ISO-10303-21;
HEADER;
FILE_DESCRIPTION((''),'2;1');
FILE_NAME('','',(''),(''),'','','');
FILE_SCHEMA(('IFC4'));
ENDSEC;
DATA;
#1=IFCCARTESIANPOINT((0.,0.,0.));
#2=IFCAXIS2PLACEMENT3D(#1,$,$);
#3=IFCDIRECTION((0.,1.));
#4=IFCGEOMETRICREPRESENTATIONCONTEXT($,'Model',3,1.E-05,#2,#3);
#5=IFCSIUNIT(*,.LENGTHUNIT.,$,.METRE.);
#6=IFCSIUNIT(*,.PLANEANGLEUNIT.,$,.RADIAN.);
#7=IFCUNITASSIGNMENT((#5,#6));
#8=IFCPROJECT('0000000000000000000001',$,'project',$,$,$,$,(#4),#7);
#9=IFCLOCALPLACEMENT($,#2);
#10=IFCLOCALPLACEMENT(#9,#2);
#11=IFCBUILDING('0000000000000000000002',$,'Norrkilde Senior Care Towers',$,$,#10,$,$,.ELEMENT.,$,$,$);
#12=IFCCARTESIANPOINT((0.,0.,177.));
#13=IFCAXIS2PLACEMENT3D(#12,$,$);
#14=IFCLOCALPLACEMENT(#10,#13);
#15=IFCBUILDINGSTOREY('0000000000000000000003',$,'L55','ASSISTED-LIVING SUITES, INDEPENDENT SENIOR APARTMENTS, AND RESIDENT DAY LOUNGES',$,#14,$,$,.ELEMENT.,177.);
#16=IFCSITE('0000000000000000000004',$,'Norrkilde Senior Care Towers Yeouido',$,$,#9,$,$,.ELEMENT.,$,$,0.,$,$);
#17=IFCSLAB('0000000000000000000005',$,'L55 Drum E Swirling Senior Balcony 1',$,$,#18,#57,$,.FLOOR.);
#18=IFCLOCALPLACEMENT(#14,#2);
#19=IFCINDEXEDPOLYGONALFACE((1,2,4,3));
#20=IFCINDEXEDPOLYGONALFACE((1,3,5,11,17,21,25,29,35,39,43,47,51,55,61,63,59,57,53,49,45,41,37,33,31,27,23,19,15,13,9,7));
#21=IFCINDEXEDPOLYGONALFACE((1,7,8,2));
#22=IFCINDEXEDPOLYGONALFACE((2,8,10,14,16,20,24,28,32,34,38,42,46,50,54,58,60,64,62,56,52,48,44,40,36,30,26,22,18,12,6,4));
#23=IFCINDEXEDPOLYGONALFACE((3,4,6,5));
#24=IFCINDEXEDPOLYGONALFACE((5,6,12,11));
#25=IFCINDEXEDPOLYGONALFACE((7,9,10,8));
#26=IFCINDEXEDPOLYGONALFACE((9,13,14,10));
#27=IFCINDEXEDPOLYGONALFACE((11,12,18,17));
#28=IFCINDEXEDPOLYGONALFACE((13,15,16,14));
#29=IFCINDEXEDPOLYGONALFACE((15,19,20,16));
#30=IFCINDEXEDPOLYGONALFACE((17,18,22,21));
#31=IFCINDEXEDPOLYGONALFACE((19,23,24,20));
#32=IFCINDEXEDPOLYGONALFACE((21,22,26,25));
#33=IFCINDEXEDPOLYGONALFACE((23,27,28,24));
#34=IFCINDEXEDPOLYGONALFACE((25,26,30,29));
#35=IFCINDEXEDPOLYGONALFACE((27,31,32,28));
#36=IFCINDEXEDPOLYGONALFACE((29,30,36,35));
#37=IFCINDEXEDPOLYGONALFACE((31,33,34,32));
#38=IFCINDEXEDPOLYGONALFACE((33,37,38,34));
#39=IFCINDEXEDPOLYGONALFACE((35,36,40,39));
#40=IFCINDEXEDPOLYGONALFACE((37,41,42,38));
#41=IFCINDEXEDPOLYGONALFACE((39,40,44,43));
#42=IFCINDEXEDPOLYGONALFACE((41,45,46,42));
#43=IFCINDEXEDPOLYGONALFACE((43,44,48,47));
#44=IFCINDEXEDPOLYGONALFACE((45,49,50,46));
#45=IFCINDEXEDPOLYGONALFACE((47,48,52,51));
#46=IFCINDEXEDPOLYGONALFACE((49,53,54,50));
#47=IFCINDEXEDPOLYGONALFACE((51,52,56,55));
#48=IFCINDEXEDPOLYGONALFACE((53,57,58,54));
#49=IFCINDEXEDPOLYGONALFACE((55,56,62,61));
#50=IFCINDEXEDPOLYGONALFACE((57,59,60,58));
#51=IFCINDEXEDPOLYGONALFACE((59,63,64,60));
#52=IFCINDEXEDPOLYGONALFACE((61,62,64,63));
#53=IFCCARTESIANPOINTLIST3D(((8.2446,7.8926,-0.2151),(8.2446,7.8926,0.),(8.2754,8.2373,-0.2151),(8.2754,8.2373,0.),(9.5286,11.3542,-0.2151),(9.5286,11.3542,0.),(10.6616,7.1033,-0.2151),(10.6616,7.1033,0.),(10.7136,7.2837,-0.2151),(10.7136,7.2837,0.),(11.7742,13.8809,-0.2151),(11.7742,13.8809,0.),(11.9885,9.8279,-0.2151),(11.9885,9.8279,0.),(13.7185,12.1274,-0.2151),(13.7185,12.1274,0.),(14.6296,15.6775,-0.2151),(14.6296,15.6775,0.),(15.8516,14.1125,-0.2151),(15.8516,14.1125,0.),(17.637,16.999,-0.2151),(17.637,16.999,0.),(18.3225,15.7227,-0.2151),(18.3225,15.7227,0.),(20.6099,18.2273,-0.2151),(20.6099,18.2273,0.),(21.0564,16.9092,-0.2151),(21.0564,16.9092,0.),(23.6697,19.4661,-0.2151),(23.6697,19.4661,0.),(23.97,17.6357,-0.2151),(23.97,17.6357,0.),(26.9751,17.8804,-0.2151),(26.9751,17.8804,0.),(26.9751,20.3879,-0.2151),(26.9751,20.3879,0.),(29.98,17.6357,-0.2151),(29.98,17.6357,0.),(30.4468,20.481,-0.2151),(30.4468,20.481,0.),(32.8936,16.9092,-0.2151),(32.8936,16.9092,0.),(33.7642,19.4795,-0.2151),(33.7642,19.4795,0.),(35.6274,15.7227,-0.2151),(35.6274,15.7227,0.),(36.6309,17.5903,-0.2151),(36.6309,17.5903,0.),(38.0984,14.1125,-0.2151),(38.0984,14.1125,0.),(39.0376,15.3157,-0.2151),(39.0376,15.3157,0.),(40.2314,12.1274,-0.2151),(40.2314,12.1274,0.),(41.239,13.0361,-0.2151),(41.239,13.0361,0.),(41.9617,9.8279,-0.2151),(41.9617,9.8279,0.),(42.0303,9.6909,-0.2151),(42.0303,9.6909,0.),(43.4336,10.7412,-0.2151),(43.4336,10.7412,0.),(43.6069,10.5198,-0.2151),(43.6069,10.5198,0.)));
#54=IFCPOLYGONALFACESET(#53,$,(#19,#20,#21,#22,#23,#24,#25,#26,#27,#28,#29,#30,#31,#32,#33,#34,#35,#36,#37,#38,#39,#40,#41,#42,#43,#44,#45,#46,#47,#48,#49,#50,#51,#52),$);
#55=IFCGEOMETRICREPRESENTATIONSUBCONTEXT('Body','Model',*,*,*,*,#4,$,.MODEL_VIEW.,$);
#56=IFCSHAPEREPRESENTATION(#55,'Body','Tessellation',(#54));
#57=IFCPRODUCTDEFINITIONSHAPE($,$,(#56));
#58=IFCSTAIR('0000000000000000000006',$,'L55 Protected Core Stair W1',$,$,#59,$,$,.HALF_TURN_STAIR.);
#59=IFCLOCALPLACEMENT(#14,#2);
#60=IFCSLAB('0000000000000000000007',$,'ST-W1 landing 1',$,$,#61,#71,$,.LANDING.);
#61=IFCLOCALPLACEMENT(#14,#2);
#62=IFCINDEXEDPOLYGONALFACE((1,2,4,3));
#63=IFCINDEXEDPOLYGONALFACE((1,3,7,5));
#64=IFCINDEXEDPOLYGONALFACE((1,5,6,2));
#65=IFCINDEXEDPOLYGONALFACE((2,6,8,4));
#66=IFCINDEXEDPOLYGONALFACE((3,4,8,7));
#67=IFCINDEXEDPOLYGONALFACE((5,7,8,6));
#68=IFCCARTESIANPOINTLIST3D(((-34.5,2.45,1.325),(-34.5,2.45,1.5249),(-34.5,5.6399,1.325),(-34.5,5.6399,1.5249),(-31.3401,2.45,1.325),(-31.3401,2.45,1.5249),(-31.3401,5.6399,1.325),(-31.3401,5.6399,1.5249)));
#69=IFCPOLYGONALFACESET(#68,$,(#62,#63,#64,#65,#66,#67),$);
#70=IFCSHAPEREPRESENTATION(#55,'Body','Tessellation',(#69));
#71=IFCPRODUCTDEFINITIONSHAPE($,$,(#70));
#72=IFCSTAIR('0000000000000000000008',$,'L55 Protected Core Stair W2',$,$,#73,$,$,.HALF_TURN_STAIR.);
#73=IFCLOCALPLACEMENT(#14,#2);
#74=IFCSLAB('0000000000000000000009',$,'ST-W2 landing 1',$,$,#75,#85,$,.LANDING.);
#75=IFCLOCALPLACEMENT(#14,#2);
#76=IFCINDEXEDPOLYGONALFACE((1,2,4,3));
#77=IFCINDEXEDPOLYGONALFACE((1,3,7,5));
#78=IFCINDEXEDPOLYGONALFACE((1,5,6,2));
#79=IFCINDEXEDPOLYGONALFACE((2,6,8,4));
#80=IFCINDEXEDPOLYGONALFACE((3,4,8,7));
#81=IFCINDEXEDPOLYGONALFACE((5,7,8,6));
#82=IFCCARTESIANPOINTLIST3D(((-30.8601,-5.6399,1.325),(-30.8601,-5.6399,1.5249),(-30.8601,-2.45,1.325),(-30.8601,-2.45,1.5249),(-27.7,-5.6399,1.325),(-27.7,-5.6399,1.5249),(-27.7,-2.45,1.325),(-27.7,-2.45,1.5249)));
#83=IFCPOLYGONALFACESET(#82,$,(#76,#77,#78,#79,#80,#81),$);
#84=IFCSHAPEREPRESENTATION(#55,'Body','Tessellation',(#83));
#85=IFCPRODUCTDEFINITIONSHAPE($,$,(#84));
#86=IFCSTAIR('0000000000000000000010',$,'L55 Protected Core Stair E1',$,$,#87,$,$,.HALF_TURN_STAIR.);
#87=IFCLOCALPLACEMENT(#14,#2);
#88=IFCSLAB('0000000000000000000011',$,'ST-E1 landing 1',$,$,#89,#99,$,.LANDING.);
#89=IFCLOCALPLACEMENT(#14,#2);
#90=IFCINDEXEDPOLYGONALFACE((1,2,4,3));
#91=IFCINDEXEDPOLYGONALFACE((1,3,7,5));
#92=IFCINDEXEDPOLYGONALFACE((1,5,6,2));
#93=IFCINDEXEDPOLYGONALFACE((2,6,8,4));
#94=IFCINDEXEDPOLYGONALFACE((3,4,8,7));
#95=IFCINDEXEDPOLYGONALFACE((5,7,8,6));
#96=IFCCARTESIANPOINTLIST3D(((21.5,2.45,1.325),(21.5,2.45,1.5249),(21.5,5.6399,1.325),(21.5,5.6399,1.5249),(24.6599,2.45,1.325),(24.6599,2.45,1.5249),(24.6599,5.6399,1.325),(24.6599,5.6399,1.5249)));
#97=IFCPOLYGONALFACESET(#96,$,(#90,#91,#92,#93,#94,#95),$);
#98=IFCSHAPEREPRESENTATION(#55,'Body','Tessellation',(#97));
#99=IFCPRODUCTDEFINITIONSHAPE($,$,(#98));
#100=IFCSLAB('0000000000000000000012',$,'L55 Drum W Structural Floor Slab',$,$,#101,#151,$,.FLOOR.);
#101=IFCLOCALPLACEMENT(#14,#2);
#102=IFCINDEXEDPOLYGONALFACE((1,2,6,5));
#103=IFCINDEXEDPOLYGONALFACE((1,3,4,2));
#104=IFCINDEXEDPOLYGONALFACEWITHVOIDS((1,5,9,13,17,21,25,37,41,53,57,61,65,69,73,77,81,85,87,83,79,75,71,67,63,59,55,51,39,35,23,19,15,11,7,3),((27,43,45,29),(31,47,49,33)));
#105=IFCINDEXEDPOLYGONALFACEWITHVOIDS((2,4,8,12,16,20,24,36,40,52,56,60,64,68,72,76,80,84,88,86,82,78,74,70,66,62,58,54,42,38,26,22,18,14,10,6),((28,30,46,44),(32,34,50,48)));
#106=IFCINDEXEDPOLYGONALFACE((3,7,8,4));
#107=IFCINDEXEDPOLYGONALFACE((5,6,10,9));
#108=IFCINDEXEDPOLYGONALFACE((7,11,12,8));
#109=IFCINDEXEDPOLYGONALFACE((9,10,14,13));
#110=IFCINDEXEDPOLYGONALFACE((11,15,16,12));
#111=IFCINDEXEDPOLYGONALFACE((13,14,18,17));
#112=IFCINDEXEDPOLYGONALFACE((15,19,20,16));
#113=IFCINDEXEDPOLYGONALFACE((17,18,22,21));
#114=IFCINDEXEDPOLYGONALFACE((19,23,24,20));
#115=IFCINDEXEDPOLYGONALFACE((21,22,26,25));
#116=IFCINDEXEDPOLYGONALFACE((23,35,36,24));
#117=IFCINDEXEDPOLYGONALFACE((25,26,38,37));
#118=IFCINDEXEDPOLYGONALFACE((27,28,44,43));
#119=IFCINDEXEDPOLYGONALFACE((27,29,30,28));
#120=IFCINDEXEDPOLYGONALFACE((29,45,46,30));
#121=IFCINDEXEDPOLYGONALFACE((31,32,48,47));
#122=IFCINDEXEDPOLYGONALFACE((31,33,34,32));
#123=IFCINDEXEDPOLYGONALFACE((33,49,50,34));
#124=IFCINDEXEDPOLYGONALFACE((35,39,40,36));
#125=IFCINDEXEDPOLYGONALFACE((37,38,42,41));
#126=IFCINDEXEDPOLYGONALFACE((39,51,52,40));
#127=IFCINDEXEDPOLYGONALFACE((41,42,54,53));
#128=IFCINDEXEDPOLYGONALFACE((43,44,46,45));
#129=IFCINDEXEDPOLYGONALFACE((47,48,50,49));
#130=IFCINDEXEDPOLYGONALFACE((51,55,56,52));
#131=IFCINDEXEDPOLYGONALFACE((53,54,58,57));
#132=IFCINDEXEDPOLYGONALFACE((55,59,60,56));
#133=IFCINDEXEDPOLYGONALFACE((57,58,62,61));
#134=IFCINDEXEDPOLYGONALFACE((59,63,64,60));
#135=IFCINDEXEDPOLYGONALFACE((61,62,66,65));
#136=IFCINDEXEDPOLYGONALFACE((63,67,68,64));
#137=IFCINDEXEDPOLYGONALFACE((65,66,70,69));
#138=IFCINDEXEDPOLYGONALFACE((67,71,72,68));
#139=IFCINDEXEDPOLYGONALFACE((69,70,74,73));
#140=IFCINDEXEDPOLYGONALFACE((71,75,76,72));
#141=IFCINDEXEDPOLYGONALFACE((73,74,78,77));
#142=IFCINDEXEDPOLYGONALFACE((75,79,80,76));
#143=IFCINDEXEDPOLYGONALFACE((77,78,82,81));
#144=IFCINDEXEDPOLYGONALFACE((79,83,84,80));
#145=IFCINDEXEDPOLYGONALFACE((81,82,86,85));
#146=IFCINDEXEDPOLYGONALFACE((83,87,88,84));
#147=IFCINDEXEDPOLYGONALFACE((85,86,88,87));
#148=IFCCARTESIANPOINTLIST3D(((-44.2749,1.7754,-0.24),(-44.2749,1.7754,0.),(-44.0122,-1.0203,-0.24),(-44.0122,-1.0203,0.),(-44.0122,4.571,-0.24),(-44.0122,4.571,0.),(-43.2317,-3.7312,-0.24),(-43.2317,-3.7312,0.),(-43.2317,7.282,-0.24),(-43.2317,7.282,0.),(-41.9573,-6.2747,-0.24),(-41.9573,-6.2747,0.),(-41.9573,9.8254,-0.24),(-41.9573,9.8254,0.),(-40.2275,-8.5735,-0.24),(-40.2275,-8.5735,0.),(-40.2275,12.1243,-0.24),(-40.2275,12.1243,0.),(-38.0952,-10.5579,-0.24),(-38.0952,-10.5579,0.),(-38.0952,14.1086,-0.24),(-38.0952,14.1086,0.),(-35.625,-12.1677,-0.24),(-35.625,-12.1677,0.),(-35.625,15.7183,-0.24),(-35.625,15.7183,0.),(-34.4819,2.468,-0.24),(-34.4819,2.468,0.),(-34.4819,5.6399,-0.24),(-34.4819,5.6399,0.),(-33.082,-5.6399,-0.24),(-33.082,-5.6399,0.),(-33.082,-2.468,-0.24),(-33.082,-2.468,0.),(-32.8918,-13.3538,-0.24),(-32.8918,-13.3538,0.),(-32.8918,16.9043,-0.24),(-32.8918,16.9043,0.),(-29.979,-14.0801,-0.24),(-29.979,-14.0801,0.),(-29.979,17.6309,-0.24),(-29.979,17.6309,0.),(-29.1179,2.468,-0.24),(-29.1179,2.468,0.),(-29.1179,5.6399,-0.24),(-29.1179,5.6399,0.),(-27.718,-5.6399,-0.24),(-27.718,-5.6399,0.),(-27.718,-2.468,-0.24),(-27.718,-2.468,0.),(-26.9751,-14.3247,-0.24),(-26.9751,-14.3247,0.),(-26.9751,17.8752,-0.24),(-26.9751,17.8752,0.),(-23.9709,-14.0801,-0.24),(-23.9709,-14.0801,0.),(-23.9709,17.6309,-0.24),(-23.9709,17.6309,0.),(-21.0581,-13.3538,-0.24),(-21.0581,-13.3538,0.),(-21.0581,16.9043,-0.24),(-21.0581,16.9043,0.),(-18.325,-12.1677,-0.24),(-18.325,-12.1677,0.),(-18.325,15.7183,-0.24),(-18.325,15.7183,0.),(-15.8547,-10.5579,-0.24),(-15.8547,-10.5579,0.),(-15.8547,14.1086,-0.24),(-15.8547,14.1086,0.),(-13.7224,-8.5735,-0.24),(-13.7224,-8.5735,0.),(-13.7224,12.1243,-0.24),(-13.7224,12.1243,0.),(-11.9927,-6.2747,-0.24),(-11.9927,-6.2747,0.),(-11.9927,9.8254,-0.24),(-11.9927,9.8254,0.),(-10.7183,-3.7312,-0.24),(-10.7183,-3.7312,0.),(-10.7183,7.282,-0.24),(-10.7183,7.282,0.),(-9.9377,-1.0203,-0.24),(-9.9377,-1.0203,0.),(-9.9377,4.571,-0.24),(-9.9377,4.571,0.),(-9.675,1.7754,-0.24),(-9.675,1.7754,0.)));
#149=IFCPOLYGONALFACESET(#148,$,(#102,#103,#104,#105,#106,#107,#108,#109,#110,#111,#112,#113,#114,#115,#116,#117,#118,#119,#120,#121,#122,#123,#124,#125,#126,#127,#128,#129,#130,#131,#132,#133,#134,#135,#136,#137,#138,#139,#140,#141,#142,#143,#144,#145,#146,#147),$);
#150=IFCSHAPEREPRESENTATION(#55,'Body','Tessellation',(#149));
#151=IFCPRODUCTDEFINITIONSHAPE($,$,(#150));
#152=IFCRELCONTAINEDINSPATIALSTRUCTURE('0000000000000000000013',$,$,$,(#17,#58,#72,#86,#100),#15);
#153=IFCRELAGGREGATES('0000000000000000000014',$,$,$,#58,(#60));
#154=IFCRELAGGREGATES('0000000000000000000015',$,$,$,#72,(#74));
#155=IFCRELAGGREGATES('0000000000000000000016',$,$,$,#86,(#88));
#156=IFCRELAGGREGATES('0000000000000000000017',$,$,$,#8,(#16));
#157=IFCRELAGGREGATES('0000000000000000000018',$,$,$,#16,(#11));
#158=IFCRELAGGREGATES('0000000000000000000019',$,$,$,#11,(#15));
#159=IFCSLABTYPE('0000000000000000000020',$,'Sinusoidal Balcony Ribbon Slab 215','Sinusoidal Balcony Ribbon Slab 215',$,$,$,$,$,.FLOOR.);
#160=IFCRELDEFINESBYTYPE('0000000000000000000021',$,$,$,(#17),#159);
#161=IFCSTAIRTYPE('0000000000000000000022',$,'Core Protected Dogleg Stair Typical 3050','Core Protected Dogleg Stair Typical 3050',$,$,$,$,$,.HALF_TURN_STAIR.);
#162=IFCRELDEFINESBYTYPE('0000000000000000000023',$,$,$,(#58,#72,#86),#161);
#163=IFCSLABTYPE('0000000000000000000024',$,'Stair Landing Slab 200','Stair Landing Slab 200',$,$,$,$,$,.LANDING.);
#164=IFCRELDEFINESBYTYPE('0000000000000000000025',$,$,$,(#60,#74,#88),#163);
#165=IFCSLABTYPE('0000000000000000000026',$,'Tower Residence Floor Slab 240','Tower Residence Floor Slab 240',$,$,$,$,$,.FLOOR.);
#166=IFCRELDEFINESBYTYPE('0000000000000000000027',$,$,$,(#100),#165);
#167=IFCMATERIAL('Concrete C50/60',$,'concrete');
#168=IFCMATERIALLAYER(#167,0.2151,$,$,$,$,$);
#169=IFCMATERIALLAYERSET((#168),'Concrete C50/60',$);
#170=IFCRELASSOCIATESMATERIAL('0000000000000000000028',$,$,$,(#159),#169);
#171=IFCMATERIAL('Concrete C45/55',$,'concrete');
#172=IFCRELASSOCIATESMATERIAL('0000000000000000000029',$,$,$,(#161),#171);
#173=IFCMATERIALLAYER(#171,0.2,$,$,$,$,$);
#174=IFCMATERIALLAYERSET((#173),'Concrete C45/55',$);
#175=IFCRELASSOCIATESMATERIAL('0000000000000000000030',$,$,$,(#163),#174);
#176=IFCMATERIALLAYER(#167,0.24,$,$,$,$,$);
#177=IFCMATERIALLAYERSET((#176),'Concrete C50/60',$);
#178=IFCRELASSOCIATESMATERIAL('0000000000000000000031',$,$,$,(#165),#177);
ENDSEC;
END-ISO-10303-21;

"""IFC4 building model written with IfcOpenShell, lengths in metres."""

from ifc_helpers import new_model, si_unit, direction, frame, origin, place, context, subcontext, project, spatial, polyline, outline, extrude, material, layer, layer_set, type_object, element, aggregate, save


model = new_model("IFC4")

# Units and contexts
model_context = context("Model", 3, precision=1e-05, world=origin(), true_north=direction((0.0, 1.0)))
body_context = subcontext(model_context, "Body", "Model", "MODEL_VIEW")
ifc_project = project(units=[si_unit("LENGTHUNIT", "METRE"), si_unit("PLANEANGLEUNIT", "RADIAN")], contexts=[model_context])

# Site, building, storey
site_placement = place(None, origin())
site = spatial("IfcSite", under=ifc_project, at=site_placement, Name="Norrkilde Senior Care Towers Yeouido", CompositionType="ELEMENT", RefElevation=0.0)
building_placement = place(site_placement, origin())
building = spatial("IfcBuilding", under=site, at=building_placement, Name="Norrkilde Senior Care Towers", CompositionType="ELEMENT")
storey_placement = place(building_placement, frame((0.0, 0.0, 177.0)))
storey = spatial("IfcBuildingStorey", under=building, at=storey_placement, Name="L55", Description="ASSISTED-LIVING SUITES, INDEPENDENT SENIOR APARTMENTS, AND RESIDENT DAY LOUNGES", CompositionType="ELEMENT", Elevation=177.0)

# Shared definitions
ifc_material_1 = material(Name="Concrete C50/60", Category="concrete")

# Slab
ifc_layer_1 = layer(ifc_material_1, 0.2151)
ifc_layer_set_1 = layer_set([ifc_layer_1], Name="Concrete C50/60")
slab_type_1 = type_object("IfcSlabType", Name="Sinusoidal Balcony Ribbon Slab 215", Description="Sinusoidal Balcony Ribbon Slab 215", PredefinedType="FLOOR", material=ifc_layer_set_1)
slab_1_placement = place(storey_placement, frame((0.0, 0.0, -0.2151)))
element("IfcSlab", 1, at=slab_1_placement, inside=storey, type_object=slab_type_1, Name="L55 Drum E Swirling Senior Balcony 1", PredefinedType="FLOOR", context=body_context, shape_type="SweptSolid", body=[
    extrude(outline(polyline([(9.5286, 11.3542), (11.7742, 13.8809), (14.6296, 15.6775), (17.637, 16.999), (20.6099, 18.2273), (23.6697, 19.4661), (26.9751, 20.3879), (30.4468, 20.481), (33.7642, 19.4795), (36.6309, 17.5903), (39.0376, 15.3157), (41.239, 13.0361), (43.4336, 10.7412), (43.6069, 10.5198), (42.0303, 9.6909), (41.9617, 9.8279), (40.2314, 12.1274), (38.0984, 14.1125), (35.6274, 15.7227), (32.8936, 16.9092), (29.98, 17.6357), (26.9751, 17.8804), (23.97, 17.6357), (21.0564, 16.9092), (18.3225, 15.7227), (15.8516, 14.1125), (13.7185, 12.1274), (11.9885, 9.8279), (10.7136, 7.2837), (10.6616, 7.1033), (8.2446, 7.8926), (8.2754, 8.2373), (9.5286, 11.3542)])), origin(), (0.0, 0.0, 1.0), 0.2151),
])

# Stairs, slabs
ifc_material_2 = material(Name="Concrete C45/55", Category="concrete")
stair_type = type_object("IfcStairType", Name="Core Protected Dogleg Stair Typical 3050", Description="Core Protected Dogleg Stair Typical 3050", PredefinedType="HALF_TURN_STAIR", material=ifc_material_2)
stair_1_placement = place(storey_placement, origin())
stair_1 = element("IfcStair", 2, at=stair_1_placement, inside=storey, type_object=stair_type, Name="L55 Protected Core Stair W1", PredefinedType="HALF_TURN_STAIR")
ifc_layer_2 = layer(ifc_material_2, 0.2)
ifc_layer_set_2 = layer_set([ifc_layer_2], Name="Concrete C45/55")
slab_type_2 = type_object("IfcSlabType", Name="Stair Landing Slab 200", Description="Stair Landing Slab 200", PredefinedType="LANDING", material=ifc_layer_set_2)
slab_2_placement = place(storey_placement, frame((0.0, 0.0, 1.325)))
slab_2 = element("IfcSlab", 3, at=slab_2_placement, type_object=slab_type_2, Name="ST-W1 landing 1", PredefinedType="LANDING", context=body_context, shape_type="SweptSolid", body=[
    extrude(outline(polyline([(-31.3401, 5.6399), (-34.5, 5.6399), (-34.5, 2.45), (-31.3401, 2.45), (-31.3401, 5.6399)])), origin(), (0.0, 0.0, 1.0), 0.2),
])
aggregate(stair_1, [slab_2])
stair_2_placement = place(storey_placement, origin())
stair_2 = element("IfcStair", 4, at=stair_2_placement, inside=storey, type_object=stair_type, Name="L55 Protected Core Stair W2", PredefinedType="HALF_TURN_STAIR")
slab_3_placement = place(storey_placement, frame((0.0, 0.0, 1.325)))
slab_3 = element("IfcSlab", 5, at=slab_3_placement, type_object=slab_type_2, Name="ST-W2 landing 1", PredefinedType="LANDING", context=body_context, shape_type="SweptSolid", body=[
    extrude(outline(polyline([(-30.8601, -5.6399), (-27.7, -5.6399), (-27.7, -2.45), (-30.8601, -2.45), (-30.8601, -5.6399)])), origin(), (0.0, 0.0, 1.0), 0.2),
])
aggregate(stair_2, [slab_3])
stair_3_placement = place(storey_placement, origin())
stair_3 = element("IfcStair", 6, at=stair_3_placement, inside=storey, type_object=stair_type, Name="L55 Protected Core Stair E1", PredefinedType="HALF_TURN_STAIR")
slab_4_placement = place(storey_placement, frame((0.0, 0.0, 1.325)))
slab_4 = element("IfcSlab", 7, at=slab_4_placement, type_object=slab_type_2, Name="ST-E1 landing 1", PredefinedType="LANDING", context=body_context, shape_type="SweptSolid", body=[
    extrude(outline(polyline([(24.6599, 5.6399), (21.5, 5.6399), (21.5, 2.45), (24.6599, 2.45), (24.6599, 5.6399)])), origin(), (0.0, 0.0, 1.0), 0.2),
])
aggregate(stair_3, [slab_4])

# Slab
ifc_layer_3 = layer(ifc_material_1, 0.24)
ifc_layer_set_3 = layer_set([ifc_layer_3], Name="Concrete C50/60")
slab_type_3 = type_object("IfcSlabType", Name="Tower Residence Floor Slab 240", Description="Tower Residence Floor Slab 240", PredefinedType="FLOOR", material=ifc_layer_set_3)
slab_5_placement = place(storey_placement, frame((0.0, 0.0, -0.24)))
element("IfcSlab", 8, at=slab_5_placement, inside=storey, type_object=slab_type_3, Name="L55 Drum W Structural Floor Slab", PredefinedType="FLOOR", context=body_context, shape_type="SweptSolid", body=[
    extrude(outline(polyline([(-10.7183, -3.7312), (-11.9927, -6.2747), (-13.7224, -8.5735), (-15.8547, -10.5579), (-18.325, -12.1677), (-21.0581, -13.3538), (-23.9709, -14.0801), (-26.9751, -14.3247), (-29.979, -14.0801), (-32.8918, -13.3538), (-35.625, -12.1677), (-38.0952, -10.5579), (-40.2275, -8.5735), (-41.9573, -6.2747), (-43.2317, -3.7312), (-44.0122, -1.0203), (-44.2749, 1.7754), (-44.0122, 4.571), (-43.2317, 7.282), (-41.9573, 9.8254), (-40.2275, 12.1243), (-38.0952, 14.1086), (-35.625, 15.7183), (-32.8918, 16.9043), (-29.979, 17.6309), (-26.9751, 17.8752), (-23.9709, 17.6309), (-21.0581, 16.9043), (-18.325, 15.7183), (-15.8547, 14.1086), (-13.7224, 12.1243), (-11.9927, 9.8254), (-10.7183, 7.282), (-9.9377, 4.571), (-9.675, 1.7754), (-9.9377, -1.0203), (-10.7183, -3.7312)]), holes=[polyline([(-34.4819, 2.468), (-29.1179, 2.468), (-29.1179, 5.6399), (-34.4819, 5.6399), (-34.4819, 2.468)]), polyline([(-27.718, -5.6399), (-27.718, -2.468), (-33.082, -2.468), (-33.082, -5.6399), (-27.718, -5.6399)])]), origin(), (0.0, 0.0, 1.0), 0.24),
])

save(model, "model.ifc")
